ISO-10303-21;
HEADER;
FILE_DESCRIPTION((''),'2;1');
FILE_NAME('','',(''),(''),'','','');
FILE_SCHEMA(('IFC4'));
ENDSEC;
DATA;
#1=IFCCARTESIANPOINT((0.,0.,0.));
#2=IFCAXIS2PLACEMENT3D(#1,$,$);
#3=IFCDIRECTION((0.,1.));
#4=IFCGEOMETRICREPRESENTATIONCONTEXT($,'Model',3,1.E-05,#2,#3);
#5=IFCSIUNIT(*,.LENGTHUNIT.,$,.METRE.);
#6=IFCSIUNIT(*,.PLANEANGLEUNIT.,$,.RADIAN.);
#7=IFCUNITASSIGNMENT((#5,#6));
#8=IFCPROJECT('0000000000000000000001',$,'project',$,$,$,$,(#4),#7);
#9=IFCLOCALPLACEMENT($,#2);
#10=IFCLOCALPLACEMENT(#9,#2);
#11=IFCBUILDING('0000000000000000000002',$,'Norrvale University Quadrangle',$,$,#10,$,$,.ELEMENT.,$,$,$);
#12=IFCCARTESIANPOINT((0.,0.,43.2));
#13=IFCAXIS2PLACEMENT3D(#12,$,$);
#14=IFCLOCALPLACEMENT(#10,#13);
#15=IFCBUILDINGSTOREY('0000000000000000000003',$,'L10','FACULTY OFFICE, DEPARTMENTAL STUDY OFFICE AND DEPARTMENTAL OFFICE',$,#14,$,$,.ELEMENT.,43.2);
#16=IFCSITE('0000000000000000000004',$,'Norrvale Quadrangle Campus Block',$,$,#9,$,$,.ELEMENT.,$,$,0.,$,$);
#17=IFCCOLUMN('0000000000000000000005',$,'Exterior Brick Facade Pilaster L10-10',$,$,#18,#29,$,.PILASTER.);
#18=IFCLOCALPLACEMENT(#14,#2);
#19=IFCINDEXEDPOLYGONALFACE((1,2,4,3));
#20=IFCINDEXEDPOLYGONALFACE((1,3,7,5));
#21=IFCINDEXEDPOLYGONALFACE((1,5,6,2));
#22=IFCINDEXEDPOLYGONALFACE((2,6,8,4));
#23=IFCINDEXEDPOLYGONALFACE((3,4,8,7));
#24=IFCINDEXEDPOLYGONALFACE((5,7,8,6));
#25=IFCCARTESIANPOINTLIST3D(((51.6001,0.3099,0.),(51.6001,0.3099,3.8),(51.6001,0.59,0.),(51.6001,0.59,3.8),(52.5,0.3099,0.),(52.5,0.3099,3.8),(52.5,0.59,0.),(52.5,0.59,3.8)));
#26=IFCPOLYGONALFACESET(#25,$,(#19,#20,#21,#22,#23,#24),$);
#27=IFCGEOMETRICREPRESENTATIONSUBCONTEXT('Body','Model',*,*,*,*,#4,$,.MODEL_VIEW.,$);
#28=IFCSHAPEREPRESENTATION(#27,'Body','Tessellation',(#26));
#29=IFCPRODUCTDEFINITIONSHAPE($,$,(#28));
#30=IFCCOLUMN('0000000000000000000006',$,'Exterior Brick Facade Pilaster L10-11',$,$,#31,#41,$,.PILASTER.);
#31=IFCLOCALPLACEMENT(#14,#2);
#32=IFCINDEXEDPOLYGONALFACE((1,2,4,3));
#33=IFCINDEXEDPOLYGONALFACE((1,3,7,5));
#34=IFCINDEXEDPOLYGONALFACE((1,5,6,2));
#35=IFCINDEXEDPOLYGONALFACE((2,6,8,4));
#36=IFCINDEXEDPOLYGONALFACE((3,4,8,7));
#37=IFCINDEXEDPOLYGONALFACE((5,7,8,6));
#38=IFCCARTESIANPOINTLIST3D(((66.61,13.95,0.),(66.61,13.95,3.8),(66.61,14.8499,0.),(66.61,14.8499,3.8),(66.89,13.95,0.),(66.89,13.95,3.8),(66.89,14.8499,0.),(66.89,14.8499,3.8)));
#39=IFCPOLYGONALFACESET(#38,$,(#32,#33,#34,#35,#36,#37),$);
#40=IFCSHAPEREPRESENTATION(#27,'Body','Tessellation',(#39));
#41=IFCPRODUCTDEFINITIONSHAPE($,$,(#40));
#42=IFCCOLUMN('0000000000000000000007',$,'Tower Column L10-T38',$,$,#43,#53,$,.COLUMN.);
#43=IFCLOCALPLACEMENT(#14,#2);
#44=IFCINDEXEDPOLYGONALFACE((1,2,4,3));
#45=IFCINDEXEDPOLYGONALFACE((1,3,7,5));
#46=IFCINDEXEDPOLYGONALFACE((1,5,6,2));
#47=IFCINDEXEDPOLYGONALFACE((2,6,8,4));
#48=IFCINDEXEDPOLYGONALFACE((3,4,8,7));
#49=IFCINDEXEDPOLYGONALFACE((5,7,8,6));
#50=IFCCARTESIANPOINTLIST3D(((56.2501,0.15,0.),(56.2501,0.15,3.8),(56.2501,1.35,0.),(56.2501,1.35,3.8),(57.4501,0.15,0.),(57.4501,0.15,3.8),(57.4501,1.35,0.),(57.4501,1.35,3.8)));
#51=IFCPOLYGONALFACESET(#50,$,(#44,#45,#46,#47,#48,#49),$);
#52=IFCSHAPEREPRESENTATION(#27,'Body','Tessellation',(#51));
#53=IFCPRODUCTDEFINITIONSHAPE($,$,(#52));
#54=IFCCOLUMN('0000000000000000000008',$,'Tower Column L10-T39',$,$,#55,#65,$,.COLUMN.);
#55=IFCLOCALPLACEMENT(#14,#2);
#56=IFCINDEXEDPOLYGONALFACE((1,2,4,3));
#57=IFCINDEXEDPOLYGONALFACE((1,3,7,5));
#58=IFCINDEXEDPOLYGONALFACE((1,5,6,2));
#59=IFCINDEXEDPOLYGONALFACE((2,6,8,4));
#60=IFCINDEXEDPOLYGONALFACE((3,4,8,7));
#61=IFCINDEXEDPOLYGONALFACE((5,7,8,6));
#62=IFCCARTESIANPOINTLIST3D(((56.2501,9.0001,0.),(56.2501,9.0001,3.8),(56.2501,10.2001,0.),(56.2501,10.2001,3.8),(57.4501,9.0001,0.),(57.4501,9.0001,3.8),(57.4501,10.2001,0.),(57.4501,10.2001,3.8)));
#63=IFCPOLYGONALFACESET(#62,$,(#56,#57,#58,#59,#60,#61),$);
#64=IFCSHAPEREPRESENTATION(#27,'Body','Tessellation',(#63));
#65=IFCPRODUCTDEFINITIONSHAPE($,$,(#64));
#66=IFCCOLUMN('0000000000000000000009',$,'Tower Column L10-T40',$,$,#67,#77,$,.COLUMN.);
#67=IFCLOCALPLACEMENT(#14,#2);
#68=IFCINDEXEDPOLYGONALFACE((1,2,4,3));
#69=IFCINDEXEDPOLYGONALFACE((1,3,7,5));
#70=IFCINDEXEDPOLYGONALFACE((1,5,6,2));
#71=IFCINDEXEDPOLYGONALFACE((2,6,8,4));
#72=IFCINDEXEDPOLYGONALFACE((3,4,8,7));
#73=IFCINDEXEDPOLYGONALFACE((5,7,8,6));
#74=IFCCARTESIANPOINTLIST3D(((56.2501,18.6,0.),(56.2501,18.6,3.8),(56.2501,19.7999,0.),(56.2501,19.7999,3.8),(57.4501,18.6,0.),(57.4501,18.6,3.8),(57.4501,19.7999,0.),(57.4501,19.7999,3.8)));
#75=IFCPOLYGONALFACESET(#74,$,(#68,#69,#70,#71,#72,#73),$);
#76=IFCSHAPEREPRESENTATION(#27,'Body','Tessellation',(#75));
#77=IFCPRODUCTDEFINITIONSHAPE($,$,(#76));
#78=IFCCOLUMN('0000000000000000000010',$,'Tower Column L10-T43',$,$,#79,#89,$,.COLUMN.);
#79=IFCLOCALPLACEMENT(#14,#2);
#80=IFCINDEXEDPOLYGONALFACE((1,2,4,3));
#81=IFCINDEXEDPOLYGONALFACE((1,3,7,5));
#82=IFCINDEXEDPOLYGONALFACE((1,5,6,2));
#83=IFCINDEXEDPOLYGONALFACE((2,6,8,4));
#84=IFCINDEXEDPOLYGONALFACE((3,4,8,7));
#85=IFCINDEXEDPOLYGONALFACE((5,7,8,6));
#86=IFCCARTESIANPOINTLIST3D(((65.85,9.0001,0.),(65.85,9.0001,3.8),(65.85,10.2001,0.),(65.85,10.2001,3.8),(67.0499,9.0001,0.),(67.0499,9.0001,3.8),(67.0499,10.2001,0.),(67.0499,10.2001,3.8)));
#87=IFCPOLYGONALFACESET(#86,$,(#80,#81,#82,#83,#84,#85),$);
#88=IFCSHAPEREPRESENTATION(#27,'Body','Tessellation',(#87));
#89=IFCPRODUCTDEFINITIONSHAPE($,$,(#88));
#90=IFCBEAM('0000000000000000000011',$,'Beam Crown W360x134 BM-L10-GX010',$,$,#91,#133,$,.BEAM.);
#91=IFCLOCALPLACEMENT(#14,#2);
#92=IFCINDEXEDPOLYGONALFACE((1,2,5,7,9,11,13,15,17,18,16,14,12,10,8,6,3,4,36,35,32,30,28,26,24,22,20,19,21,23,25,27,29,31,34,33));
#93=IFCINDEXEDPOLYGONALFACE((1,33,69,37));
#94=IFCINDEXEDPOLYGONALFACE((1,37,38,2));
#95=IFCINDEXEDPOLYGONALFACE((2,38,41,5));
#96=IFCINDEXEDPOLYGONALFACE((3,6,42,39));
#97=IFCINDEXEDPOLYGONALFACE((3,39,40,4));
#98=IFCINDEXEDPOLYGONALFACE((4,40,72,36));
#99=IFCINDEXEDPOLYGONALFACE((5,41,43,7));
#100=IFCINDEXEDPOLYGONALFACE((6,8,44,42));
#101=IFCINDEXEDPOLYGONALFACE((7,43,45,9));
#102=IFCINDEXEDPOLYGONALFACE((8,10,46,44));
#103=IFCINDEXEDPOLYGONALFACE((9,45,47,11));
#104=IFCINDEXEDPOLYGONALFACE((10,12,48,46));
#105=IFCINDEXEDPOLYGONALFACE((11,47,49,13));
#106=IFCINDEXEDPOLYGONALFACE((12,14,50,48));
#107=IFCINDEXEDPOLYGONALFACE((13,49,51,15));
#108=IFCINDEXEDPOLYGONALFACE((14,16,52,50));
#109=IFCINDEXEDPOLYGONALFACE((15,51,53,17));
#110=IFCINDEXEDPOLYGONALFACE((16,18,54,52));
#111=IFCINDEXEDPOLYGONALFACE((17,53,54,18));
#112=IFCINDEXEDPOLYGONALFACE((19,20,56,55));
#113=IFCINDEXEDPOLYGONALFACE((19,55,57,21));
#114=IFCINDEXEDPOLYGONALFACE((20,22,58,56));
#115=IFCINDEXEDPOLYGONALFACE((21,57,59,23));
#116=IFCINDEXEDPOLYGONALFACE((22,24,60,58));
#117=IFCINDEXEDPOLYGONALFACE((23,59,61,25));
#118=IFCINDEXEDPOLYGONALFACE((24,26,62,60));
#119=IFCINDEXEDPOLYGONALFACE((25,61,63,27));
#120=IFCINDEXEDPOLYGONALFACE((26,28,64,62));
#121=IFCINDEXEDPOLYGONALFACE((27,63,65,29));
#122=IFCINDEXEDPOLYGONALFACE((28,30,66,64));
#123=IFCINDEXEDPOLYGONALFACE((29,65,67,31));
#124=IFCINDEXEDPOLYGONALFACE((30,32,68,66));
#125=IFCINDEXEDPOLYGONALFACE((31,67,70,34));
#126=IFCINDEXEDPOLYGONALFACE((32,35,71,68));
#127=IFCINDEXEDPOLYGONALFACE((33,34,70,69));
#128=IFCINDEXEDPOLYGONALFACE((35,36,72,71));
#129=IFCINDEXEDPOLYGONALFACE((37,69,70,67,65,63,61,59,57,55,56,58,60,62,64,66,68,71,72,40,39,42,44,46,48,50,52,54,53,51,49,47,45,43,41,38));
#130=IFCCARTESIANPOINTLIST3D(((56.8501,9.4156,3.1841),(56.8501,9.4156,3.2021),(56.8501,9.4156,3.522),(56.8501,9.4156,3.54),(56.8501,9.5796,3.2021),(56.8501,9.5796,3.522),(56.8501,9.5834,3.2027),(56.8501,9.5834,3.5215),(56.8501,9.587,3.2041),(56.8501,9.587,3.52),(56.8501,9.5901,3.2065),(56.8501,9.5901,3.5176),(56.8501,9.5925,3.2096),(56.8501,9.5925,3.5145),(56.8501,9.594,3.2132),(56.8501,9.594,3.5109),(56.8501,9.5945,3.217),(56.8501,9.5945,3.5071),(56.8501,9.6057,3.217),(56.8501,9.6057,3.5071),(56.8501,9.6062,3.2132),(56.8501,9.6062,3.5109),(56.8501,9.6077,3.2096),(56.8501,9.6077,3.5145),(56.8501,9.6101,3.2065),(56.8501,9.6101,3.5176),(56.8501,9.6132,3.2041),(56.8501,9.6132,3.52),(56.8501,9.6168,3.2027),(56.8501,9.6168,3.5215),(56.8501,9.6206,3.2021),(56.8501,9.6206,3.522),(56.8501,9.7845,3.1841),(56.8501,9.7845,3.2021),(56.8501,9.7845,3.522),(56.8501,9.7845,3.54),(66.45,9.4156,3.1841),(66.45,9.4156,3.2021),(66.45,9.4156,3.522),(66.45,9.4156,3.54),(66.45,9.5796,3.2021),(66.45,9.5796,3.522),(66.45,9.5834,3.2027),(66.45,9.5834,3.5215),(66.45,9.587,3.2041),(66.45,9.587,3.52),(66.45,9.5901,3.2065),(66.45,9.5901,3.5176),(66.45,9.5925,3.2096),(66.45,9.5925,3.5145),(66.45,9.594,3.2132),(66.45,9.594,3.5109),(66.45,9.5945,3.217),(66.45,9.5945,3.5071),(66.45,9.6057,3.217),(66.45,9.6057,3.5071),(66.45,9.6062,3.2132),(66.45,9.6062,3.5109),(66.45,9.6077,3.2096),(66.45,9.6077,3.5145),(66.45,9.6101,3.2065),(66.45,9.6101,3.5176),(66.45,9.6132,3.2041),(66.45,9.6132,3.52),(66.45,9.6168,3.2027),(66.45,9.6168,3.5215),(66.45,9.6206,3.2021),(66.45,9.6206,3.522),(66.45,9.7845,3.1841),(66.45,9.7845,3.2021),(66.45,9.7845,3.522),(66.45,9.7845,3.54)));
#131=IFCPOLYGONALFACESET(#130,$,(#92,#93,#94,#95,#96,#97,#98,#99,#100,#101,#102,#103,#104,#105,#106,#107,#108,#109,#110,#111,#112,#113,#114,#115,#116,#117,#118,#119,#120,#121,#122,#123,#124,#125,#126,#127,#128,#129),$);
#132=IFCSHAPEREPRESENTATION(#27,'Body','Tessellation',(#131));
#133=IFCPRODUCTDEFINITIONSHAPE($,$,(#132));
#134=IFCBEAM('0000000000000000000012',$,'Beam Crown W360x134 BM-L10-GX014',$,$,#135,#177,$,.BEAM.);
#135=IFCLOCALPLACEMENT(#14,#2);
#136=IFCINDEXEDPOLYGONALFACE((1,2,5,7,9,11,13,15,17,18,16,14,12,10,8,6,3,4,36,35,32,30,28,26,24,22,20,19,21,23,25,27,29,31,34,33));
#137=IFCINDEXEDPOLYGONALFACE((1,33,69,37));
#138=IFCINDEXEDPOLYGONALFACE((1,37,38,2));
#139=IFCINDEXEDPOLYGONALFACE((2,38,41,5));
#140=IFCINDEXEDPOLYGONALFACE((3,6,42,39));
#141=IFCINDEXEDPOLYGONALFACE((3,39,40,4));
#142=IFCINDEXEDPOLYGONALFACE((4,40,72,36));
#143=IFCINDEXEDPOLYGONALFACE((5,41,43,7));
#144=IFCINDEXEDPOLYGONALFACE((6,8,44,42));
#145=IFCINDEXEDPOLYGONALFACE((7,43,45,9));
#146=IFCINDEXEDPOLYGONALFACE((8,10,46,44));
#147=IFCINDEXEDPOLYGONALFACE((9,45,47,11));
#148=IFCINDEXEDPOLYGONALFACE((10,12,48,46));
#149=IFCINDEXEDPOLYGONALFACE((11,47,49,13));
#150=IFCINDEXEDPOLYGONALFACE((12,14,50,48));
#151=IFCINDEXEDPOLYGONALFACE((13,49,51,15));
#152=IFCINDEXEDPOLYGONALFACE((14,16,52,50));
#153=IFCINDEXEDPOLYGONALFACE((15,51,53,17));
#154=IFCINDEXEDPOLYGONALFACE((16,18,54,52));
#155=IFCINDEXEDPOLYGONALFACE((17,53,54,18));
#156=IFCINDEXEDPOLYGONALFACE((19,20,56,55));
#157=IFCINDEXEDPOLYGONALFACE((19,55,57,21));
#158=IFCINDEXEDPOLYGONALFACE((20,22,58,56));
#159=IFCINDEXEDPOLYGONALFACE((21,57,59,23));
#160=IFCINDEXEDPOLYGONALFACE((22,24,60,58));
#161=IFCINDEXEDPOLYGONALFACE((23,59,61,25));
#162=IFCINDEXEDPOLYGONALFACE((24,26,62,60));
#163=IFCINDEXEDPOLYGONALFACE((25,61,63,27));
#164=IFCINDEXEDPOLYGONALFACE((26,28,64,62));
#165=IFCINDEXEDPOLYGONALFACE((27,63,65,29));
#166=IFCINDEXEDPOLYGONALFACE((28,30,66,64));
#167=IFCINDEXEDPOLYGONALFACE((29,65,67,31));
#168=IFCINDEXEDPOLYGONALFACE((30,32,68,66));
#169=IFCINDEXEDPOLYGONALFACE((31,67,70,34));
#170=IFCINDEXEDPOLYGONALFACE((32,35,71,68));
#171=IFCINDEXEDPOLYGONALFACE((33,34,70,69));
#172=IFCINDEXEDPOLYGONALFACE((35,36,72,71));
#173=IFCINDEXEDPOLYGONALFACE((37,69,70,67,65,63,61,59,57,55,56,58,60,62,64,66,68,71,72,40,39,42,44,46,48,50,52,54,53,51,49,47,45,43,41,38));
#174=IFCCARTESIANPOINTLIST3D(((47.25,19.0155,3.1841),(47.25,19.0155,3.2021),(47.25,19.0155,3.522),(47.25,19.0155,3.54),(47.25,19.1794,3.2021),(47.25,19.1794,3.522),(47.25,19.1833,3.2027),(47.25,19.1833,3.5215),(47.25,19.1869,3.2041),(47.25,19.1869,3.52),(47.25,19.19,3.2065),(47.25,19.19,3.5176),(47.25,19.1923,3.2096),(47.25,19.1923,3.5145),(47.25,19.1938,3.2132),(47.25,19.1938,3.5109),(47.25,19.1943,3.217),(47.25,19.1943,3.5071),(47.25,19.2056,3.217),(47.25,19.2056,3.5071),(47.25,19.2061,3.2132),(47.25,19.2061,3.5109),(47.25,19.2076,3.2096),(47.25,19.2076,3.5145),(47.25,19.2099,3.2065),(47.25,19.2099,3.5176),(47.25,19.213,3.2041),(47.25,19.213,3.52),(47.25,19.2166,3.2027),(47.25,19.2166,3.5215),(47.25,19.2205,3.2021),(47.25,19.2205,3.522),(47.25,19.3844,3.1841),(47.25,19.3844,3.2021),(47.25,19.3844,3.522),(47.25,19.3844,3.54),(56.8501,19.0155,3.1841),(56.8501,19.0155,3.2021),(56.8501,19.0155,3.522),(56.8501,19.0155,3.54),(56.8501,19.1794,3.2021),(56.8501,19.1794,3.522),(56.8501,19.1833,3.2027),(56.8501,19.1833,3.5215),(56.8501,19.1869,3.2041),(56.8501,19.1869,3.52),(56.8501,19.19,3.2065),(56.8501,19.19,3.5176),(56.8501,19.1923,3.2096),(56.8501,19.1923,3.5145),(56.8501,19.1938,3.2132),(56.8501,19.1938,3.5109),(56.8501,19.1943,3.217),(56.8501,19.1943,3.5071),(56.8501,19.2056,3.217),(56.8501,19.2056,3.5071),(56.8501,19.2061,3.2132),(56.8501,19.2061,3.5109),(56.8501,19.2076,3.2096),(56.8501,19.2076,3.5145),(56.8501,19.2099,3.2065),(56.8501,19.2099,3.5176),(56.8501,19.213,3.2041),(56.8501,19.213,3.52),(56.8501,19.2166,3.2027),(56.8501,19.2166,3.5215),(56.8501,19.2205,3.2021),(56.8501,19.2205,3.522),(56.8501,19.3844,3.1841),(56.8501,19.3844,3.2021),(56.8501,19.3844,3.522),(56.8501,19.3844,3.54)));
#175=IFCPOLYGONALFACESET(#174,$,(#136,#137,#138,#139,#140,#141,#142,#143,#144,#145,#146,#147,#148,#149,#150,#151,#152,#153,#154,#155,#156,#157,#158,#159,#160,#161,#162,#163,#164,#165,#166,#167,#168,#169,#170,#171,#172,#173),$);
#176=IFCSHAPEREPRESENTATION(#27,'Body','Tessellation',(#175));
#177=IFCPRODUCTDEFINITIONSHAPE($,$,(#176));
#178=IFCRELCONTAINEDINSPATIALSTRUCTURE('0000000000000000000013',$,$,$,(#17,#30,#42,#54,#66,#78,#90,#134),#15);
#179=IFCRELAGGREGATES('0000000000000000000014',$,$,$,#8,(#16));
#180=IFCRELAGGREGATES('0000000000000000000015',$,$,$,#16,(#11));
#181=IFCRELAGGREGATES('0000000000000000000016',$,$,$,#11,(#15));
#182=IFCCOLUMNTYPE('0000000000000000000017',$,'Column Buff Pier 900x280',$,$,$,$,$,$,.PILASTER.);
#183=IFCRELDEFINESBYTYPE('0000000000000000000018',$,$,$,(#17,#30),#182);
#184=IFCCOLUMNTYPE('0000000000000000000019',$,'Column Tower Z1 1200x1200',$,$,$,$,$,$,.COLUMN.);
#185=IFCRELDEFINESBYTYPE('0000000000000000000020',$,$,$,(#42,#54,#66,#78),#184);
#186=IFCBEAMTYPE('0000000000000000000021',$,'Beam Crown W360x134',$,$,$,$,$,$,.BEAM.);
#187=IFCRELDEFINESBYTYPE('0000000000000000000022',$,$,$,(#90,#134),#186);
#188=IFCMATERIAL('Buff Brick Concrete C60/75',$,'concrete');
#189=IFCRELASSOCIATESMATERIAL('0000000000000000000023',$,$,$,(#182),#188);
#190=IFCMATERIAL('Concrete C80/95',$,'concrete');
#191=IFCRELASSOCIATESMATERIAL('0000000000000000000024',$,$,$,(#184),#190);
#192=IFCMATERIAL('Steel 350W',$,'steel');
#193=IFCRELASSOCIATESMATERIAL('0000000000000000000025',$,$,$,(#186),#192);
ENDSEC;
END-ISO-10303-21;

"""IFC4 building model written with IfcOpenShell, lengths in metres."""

from ifc_helpers import new_model, si_unit, direction, frame, origin, origin_2d, place, context, subcontext, project, spatial, rectangle, i_section, extrude, material, material_profile, profile_set, type_object, element, save


model = new_model("IFC4")

# Units and contexts
model_context = context("Model", 3, precision=1e-05, world=origin(), true_north=direction((0.0, 1.0)))
body_context = subcontext(model_context, "Body", "Model", "MODEL_VIEW")
ifc_project = project(units=[si_unit("LENGTHUNIT", "METRE"), si_unit("PLANEANGLEUNIT", "RADIAN")], contexts=[model_context])

# Site, building, storey
site_placement = place(None, origin())
site = spatial("IfcSite", under=ifc_project, at=site_placement, Name="Norrvale Quadrangle Campus Block", CompositionType="ELEMENT", RefElevation=0.0)
building_placement = place(site_placement, origin())
building = spatial("IfcBuilding", under=site, at=building_placement, Name="Norrvale University Quadrangle", CompositionType="ELEMENT")
storey_placement = place(building_placement, frame((0.0, 0.0, 43.2)))
storey = spatial("IfcBuildingStorey", under=building, at=storey_placement, Name="L10", Description="FACULTY OFFICE, DEPARTMENTAL STUDY OFFICE AND DEPARTMENTAL OFFICE", CompositionType="ELEMENT", Elevation=43.2)

# Columns
ifc_material_1 = material(Name="Buff Brick Concrete C60/75", Category="concrete")
ifc_material_profile_1 = material_profile(ifc_material_1, rectangle(XDim=0.8999, YDim=0.28, at=origin_2d()), Name="Buff Brick Concrete C60/75")
ifc_profile_set_1 = profile_set([ifc_material_profile_1], Name="Buff Brick Concrete C60/75")
column_type_1 = type_object("IfcColumnType", Name="Column Buff Pier 900x280", PredefinedType="PILASTER", material=ifc_profile_set_1)
for number, where, z_axis, x_axis, name in (
    (1, (52.05, 0.45, 0.0), (0.0, 0.0, 1.0), (1.0, 0.0, 0.0), "Exterior Brick Facade Pilaster L10-10"),
    (2, (66.75, 14.3999, 0.0), (0.0, 0.0, 1.0), (0.0, 1.0, 0.0), "Exterior Brick Facade Pilaster L10-11"),
):
    element("IfcColumn", number, at=place(storey_placement, frame(where, z_axis=z_axis, x_axis=x_axis)), inside=storey, type_object=column_type_1, Name=name, PredefinedType="PILASTER", context=body_context, shape_type="SweptSolid", body=[
        extrude(rectangle(XDim=0.8999, YDim=0.28, at=origin_2d()), origin(), (0.0, 0.0, 1.0), 3.8),
    ])
ifc_material_2 = material(Name="Concrete C80/95", Category="concrete")
ifc_material_profile_2 = material_profile(ifc_material_2, rectangle(XDim=1.2, YDim=1.2, at=origin_2d()), Name="Concrete C80/95")
ifc_profile_set_2 = profile_set([ifc_material_profile_2], Name="Concrete C80/95")
column_type_2 = type_object("IfcColumnType", Name="Column Tower Z1 1200x1200", PredefinedType="COLUMN", material=ifc_profile_set_2)
for number, where, z_axis, x_axis, name in (
    (3, (56.8501, 0.75, 0.0), (0.0, 0.0, 1.0), (1.0, 0.0, 0.0), "Tower Column L10-T38"),
    (4, (56.8501, 9.6001, 0.0), (0.0, 0.0, 1.0), (1.0, 0.0, 0.0), "Tower Column L10-T39"),
    (5, (56.8501, 19.2, 0.0), (0.0, 0.0, 1.0), (1.0, 0.0, 0.0), "Tower Column L10-T40"),
    (6, (66.45, 9.6001, 0.0), (0.0, 0.0, 1.0), (1.0, 0.0, 0.0), "Tower Column L10-T43"),
):
    element("IfcColumn", number, at=place(storey_placement, frame(where, z_axis=z_axis, x_axis=x_axis)), inside=storey, type_object=column_type_2, Name=name, PredefinedType="COLUMN", context=body_context, shape_type="SweptSolid", body=[
        extrude(rectangle(XDim=1.2, YDim=1.2, at=origin_2d()), origin(), (0.0, 0.0, 1.0), 3.8),
    ])

# Beams
ifc_material_3 = material(Name="Steel 350W", Category="steel")
ifc_material_profile_3 = material_profile(ifc_material_3, i_section(OverallWidth=0.3689, OverallDepth=0.356, WebThickness=0.0112, FlangeThickness=0.0181, FilletRadius=0.0149, at=origin_2d()), Name="Steel 350W")
ifc_profile_set_3 = profile_set([ifc_material_profile_3], Name="Steel 350W")
beam_type_1 = type_object("IfcBeamType", Name="Beam Crown W360x134", PredefinedType="BEAM", material=ifc_profile_set_3)
beam_1_placement = place(storey_placement, frame((56.8501, 9.6001, 3.3621), z_axis=(1.0, 0.0, 0.0), x_axis=(0.0, 1.0, 0.0)))
element("IfcBeam", 7, at=beam_1_placement, inside=storey, type_object=beam_type_1, Name="Beam Crown W360x134 BM-L10-GX010", PredefinedType="BEAM", context=body_context, shape_type="SweptSolid", body=[
    extrude(i_section(OverallWidth=0.3689, OverallDepth=0.356, WebThickness=0.0112, FlangeThickness=0.0181, FilletRadius=0.0149, at=origin_2d()), origin(), (0.0, 0.0, 1.0), 9.5999),
])
beam_2_placement = place(storey_placement, frame((47.25, 19.2, 3.3621), z_axis=(1.0, 0.0, 0.0), x_axis=(0.0, 1.0, 0.0)))
element("IfcBeam", 8, at=beam_2_placement, inside=storey, type_object=beam_type_1, Name="Beam Crown W360x134 BM-L10-GX014", PredefinedType="BEAM", context=body_context, shape_type="SweptSolid", body=[
    extrude(i_section(OverallWidth=0.3689, OverallDepth=0.356, WebThickness=0.0112, FlangeThickness=0.0181, FilletRadius=0.0149, at=origin_2d()), origin(), (0.0, 0.0, 1.0), 9.6001),
])

save(model, "model.ifc")
